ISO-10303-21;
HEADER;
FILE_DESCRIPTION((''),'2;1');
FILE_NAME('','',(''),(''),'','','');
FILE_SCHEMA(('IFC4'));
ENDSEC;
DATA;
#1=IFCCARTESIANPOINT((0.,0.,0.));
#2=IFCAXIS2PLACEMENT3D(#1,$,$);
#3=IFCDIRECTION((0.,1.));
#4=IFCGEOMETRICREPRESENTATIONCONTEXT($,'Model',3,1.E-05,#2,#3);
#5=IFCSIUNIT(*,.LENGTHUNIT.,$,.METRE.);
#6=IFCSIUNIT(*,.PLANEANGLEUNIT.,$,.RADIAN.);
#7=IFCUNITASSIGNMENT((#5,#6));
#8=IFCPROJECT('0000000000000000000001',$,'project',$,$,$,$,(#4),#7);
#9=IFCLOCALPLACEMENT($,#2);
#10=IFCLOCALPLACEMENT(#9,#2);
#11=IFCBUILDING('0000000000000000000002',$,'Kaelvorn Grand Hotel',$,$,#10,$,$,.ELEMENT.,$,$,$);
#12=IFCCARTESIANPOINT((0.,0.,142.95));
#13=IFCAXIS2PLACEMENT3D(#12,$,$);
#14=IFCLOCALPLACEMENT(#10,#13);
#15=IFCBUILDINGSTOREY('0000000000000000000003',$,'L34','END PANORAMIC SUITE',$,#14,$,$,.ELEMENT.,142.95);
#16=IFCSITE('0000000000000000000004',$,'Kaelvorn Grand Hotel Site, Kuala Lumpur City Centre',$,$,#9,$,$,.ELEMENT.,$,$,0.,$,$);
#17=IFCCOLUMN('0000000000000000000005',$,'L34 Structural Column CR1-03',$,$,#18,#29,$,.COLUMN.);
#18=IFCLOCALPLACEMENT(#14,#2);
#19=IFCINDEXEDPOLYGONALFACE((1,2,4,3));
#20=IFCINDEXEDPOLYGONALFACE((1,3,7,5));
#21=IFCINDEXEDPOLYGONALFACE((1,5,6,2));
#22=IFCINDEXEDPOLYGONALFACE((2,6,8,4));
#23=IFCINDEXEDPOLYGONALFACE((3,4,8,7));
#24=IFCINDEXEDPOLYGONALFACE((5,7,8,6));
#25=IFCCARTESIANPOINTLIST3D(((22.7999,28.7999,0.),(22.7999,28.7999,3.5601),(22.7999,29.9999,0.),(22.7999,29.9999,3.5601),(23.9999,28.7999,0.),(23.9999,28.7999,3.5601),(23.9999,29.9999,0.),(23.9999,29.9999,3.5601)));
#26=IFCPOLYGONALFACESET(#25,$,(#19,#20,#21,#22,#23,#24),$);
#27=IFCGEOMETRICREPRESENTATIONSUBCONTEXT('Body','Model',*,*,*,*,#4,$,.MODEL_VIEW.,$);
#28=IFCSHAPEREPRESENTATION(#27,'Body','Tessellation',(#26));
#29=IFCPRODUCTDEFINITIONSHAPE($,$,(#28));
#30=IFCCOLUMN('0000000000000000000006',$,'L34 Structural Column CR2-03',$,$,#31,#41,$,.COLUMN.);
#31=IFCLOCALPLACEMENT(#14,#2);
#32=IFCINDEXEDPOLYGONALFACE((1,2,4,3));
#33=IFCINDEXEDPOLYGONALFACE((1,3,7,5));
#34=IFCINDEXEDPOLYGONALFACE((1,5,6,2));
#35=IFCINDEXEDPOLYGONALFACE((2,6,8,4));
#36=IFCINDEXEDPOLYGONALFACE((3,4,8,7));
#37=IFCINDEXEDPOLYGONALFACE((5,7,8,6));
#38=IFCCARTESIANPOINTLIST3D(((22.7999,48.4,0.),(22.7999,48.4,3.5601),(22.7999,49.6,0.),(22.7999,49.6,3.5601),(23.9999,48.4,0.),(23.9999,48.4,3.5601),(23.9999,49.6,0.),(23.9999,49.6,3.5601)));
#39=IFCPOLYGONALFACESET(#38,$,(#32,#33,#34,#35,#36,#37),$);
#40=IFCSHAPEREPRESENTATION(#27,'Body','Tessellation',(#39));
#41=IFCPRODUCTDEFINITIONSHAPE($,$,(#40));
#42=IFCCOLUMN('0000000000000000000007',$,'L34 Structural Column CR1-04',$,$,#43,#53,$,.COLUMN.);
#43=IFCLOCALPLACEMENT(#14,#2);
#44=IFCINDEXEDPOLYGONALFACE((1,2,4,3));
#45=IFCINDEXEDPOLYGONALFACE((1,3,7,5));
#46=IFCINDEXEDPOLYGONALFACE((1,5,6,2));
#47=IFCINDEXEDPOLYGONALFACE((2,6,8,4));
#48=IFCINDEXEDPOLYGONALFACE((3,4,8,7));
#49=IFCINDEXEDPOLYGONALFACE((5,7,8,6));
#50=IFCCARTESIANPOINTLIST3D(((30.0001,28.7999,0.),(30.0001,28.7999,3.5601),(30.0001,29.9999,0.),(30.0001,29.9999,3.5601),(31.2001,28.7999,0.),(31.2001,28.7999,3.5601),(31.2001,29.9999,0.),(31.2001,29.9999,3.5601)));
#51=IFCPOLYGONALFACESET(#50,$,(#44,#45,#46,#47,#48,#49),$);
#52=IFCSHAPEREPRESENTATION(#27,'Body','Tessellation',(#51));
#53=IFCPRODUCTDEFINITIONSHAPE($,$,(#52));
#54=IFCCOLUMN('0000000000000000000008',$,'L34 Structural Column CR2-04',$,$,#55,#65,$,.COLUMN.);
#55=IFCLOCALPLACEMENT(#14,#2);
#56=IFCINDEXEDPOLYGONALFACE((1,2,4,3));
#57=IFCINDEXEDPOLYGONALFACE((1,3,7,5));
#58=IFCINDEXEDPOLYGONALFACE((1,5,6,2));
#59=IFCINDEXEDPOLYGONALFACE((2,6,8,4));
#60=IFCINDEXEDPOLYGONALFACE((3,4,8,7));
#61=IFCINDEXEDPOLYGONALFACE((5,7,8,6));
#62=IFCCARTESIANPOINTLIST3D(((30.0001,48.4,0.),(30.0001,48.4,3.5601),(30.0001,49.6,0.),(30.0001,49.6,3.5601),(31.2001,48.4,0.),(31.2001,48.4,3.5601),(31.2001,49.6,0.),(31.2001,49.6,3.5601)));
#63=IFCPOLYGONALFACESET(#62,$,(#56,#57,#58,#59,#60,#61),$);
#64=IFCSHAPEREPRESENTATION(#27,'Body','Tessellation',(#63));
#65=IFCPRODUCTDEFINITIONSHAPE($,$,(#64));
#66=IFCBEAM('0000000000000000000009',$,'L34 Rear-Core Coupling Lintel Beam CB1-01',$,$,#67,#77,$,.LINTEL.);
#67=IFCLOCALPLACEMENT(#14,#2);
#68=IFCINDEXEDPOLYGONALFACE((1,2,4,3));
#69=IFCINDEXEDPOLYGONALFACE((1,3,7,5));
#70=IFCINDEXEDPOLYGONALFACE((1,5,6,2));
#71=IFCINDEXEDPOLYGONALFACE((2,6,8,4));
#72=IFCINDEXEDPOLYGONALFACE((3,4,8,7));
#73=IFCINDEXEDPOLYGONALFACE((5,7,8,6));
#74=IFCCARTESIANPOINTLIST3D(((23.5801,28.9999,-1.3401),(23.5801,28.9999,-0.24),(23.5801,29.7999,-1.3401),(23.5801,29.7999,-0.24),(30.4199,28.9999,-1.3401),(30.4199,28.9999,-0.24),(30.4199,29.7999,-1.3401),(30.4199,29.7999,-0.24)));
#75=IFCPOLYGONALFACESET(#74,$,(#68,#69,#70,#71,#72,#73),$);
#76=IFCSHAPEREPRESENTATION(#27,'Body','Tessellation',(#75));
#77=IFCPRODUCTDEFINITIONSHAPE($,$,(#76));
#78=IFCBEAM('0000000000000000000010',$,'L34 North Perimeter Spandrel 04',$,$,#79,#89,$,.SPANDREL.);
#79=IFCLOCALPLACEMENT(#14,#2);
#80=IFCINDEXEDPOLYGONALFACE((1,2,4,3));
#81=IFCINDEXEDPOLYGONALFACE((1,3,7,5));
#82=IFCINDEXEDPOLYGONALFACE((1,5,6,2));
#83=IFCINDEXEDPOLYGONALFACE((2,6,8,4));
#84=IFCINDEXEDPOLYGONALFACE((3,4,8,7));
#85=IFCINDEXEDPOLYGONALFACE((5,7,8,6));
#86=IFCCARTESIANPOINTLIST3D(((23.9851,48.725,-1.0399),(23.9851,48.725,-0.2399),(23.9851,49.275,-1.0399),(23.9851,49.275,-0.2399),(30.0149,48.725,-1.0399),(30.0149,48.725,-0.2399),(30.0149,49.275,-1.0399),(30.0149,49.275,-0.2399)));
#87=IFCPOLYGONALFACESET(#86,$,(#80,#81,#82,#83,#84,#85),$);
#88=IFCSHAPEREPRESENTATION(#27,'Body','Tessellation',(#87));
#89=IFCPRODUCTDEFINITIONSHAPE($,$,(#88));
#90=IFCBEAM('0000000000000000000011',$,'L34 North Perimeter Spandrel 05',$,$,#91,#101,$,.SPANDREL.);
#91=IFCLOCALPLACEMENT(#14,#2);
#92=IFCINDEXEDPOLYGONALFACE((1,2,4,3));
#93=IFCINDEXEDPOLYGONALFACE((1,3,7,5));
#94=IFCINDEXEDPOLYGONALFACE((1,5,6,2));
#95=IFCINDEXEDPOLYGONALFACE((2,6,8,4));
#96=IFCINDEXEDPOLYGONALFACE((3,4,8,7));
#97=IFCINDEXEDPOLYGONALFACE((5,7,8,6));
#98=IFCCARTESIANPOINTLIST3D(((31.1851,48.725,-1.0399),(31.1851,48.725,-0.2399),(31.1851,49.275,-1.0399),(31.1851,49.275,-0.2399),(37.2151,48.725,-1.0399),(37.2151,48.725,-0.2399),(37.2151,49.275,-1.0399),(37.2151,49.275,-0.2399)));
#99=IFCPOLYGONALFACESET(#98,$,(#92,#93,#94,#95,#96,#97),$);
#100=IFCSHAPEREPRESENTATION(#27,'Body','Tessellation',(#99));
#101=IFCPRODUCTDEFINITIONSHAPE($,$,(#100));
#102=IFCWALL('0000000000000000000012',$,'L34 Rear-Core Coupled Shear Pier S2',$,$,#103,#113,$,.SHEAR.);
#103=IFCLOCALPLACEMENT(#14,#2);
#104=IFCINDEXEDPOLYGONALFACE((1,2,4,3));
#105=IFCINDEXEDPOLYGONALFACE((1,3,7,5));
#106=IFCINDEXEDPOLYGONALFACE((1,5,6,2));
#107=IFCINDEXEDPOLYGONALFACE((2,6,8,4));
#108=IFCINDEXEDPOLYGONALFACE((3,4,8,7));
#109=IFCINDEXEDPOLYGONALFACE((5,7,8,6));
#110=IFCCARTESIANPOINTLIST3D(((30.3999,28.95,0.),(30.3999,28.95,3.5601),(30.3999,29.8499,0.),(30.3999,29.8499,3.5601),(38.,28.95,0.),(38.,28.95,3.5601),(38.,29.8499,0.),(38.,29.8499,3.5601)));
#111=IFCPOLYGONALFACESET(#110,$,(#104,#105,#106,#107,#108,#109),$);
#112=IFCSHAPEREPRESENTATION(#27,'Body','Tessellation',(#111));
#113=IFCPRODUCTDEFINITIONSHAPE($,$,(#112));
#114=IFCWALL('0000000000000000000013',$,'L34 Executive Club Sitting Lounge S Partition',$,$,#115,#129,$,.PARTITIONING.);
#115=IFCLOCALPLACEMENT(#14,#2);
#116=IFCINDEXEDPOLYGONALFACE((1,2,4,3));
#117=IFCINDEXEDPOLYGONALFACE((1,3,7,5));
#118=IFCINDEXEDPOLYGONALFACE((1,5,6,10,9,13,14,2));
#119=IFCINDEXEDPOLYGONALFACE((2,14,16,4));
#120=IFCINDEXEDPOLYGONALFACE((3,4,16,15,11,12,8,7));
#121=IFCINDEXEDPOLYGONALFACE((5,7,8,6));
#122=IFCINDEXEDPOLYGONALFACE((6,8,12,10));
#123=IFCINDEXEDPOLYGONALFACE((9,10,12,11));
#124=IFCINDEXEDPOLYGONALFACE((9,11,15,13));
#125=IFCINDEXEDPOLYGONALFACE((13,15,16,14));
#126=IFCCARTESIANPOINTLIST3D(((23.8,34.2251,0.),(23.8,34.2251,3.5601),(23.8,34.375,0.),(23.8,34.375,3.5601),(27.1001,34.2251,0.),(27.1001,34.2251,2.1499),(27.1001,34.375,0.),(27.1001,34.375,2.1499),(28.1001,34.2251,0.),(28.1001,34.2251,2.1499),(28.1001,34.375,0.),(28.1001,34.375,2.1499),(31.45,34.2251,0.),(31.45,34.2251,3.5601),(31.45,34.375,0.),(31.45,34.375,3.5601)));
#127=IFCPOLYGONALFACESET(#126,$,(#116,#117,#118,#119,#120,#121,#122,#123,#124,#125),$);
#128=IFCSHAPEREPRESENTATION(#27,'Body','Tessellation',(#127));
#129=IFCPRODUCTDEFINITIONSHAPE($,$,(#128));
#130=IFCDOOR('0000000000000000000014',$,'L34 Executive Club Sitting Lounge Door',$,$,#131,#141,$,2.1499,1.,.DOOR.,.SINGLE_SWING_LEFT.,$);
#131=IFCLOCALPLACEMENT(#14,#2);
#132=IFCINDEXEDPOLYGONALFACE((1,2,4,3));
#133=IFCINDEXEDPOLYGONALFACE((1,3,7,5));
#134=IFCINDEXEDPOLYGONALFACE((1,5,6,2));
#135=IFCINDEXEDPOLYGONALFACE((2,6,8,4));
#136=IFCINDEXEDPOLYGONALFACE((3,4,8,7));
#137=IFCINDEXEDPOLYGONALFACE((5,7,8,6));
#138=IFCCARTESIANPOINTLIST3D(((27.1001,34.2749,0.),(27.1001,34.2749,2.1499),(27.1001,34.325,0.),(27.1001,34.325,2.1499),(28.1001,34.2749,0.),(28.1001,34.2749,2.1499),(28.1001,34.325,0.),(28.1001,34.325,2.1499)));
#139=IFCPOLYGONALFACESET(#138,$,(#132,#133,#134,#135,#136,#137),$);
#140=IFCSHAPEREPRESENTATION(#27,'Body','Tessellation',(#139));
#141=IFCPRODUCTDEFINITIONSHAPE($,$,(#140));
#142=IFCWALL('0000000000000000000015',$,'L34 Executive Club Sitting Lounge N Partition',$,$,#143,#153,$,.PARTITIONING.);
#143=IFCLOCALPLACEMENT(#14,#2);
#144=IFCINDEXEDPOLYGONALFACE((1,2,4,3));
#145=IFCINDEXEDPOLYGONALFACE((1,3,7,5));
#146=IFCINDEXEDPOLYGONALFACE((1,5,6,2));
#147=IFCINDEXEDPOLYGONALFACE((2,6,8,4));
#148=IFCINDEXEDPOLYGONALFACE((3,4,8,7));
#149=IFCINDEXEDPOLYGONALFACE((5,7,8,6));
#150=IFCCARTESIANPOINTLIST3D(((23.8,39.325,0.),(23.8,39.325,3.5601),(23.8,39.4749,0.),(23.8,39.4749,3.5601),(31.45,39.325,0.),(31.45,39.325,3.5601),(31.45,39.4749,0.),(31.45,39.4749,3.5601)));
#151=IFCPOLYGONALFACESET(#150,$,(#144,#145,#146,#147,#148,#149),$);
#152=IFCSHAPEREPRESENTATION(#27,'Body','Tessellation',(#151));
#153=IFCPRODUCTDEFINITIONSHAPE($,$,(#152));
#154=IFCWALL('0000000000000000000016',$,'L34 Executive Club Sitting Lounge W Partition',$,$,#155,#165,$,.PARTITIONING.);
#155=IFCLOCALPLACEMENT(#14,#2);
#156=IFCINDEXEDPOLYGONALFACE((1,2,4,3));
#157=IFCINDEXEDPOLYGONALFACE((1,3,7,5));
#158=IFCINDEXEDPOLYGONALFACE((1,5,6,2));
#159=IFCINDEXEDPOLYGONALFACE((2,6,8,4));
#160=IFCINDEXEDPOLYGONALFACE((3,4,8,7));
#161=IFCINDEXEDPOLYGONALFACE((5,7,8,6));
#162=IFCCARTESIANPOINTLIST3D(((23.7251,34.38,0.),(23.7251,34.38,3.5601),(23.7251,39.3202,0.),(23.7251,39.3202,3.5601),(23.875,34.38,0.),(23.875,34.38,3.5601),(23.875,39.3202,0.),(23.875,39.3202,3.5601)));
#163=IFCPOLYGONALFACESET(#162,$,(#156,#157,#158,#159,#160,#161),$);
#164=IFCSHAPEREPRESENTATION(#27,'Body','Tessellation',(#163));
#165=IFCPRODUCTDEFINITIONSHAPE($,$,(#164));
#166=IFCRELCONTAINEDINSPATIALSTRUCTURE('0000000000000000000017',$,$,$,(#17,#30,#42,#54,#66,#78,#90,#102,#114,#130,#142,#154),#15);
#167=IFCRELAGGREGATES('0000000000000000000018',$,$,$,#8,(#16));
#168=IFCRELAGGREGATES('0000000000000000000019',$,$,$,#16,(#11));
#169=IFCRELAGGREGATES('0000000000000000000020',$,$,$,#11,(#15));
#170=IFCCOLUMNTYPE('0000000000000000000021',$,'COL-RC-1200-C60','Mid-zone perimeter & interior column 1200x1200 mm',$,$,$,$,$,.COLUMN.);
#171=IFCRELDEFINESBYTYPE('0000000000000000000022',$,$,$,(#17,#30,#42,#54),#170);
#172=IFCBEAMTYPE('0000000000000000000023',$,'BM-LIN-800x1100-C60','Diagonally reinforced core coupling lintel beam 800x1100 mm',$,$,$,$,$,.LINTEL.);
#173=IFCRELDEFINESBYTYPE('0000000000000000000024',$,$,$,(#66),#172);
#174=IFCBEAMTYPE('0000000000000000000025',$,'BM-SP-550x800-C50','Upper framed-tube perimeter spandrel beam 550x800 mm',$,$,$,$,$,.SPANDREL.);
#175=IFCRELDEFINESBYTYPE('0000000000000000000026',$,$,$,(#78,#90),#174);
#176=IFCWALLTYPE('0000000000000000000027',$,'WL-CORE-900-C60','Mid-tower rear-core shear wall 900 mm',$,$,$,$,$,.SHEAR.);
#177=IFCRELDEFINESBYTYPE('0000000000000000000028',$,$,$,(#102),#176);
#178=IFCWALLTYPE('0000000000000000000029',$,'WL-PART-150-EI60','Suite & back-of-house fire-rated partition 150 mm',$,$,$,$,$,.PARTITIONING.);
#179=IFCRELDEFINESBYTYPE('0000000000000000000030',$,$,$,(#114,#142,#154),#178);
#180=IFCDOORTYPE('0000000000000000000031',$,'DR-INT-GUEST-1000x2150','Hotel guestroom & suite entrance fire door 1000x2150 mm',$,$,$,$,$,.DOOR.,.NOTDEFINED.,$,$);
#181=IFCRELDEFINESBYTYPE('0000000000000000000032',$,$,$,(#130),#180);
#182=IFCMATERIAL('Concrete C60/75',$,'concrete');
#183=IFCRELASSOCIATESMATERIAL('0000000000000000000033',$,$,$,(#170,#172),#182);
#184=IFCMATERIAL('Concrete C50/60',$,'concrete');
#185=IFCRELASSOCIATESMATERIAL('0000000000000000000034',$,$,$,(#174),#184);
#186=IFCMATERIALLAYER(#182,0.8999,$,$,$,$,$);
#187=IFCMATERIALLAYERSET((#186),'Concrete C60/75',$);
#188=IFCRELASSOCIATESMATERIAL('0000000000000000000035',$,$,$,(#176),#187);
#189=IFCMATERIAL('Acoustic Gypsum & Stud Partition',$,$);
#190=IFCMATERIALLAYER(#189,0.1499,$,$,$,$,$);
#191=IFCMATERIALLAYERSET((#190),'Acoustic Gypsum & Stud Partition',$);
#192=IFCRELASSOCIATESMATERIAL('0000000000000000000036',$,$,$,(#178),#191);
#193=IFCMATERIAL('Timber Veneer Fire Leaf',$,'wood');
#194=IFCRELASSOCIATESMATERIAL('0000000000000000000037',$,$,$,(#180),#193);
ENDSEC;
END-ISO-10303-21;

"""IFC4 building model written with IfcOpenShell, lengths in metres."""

from ifc_helpers import new_model, si_unit, direction, frame, frame_2d, origin, origin_2d, place, context, subcontext, project, spatial, rectangle, extrude, material, layer, layer_set, material_profile, profile_set, type_object, element, fill, save


model = new_model("IFC4")

# Units and contexts
model_context = context("Model", 3, precision=1e-05, world=origin(), true_north=direction((0.0, 1.0)))
body_context = subcontext(model_context, "Body", "Model", "MODEL_VIEW")
ifc_project = project(units=[si_unit("LENGTHUNIT", "METRE"), si_unit("PLANEANGLEUNIT", "RADIAN")], contexts=[model_context])

# Site, building, storey
site_placement = place(None, origin())
site = spatial("IfcSite", under=ifc_project, at=site_placement, Name="Kaelvorn Grand Hotel Site, Kuala Lumpur City Centre", CompositionType="ELEMENT", RefElevation=0.0)
building_placement = place(site_placement, origin())
building = spatial("IfcBuilding", under=site, at=building_placement, Name="Kaelvorn Grand Hotel", CompositionType="ELEMENT")
storey_placement = place(building_placement, frame((0.0, 0.0, 142.95)))
storey = spatial("IfcBuildingStorey", under=building, at=storey_placement, Name="L34", Description="END PANORAMIC SUITE", CompositionType="ELEMENT", Elevation=142.95)

# Columns
ifc_material_1 = material(Name="Concrete C60/75", Category="concrete")
ifc_material_profile_1 = material_profile(ifc_material_1, rectangle(XDim=1.2, YDim=1.2, at=origin_2d()), Name="RC COL 1200x1200")
ifc_profile_set_1 = profile_set([ifc_material_profile_1], Name="Concrete C60/75")
column_type = type_object("IfcColumnType", Name="COL-RC-1200-C60", Description="Mid-zone perimeter & interior column 1200x1200 mm", PredefinedType="COLUMN", material=ifc_profile_set_1)
for number, where, z_axis, x_axis, name in (
    (1, (23.3999, 29.3999, 0.0), (0.0, 0.0, 1.0), (1.0, 0.0, 0.0), "L34 Structural Column CR1-03"),
    (2, (23.3999, 49.0, 0.0), (0.0, 0.0, 1.0), (1.0, 0.0, 0.0), "L34 Structural Column CR2-03"),
    (3, (30.6001, 29.3999, 0.0), (0.0, 0.0, 1.0), (1.0, 0.0, 0.0), "L34 Structural Column CR1-04"),
    (4, (30.6001, 49.0, 0.0), (0.0, 0.0, 1.0), (1.0, 0.0, 0.0), "L34 Structural Column CR2-04"),
):
    element("IfcColumn", number, at=place(storey_placement, frame(where, z_axis=z_axis, x_axis=x_axis)), inside=storey, type_object=column_type, Name=name, PredefinedType="COLUMN", context=body_context, shape_type="SweptSolid", body=[
        extrude(rectangle(XDim=1.2, YDim=1.2, at=origin_2d()), origin(), (0.0, 0.0, 1.0), 3.5601),
    ])

# Beams
ifc_material_profile_2 = material_profile(ifc_material_1, rectangle(XDim=0.8, YDim=1.1001, at=origin_2d()), Name="RC LINTEL 800x1100")
ifc_profile_set_2 = profile_set([ifc_material_profile_2], Name="Concrete C60/75")
beam_type_1 = type_object("IfcBeamType", Name="BM-LIN-800x1100-C60", Description="Diagonally reinforced core coupling lintel beam 800x1100 mm", PredefinedType="LINTEL", material=ifc_profile_set_2)
beam_1_placement = place(storey_placement, frame((23.5801, 29.3999, -0.79), z_axis=(1.0, 0.0, 0.0), x_axis=(0.0, 1.0, 0.0)))
element("IfcBeam", 5, at=beam_1_placement, inside=storey, type_object=beam_type_1, Name="L34 Rear-Core Coupling Lintel Beam CB1-01", PredefinedType="LINTEL", context=body_context, shape_type="SweptSolid", body=[
    extrude(rectangle(XDim=0.8, YDim=1.1001, at=origin_2d()), origin(), (0.0, 0.0, 1.0), 6.8398),
])
ifc_material_2 = material(Name="Concrete C50/60", Category="concrete")
ifc_material_profile_3 = material_profile(ifc_material_2, rectangle(XDim=0.55, YDim=0.8, at=origin_2d()), Name="RC SPANDREL 550x800")
ifc_profile_set_3 = profile_set([ifc_material_profile_3], Name="Concrete C50/60")
beam_type_2 = type_object("IfcBeamType", Name="BM-SP-550x800-C50", Description="Upper framed-tube perimeter spandrel beam 550x800 mm", PredefinedType="SPANDREL", material=ifc_profile_set_3)
beam_2_placement = place(storey_placement, frame((23.9851, 49.0, -0.6399), z_axis=(1.0, 0.0, 0.0), x_axis=(0.0, 1.0, 0.0)))
element("IfcBeam", 6, at=beam_2_placement, inside=storey, type_object=beam_type_2, Name="L34 North Perimeter Spandrel 04", PredefinedType="SPANDREL", context=body_context, shape_type="SweptSolid", body=[
    extrude(rectangle(XDim=0.55, YDim=0.8, at=origin_2d()), origin(), (0.0, 0.0, 1.0), 6.0298),
])
beam_3_placement = place(storey_placement, frame((31.1851, 49.0, -0.6399), z_axis=(1.0, 0.0, 0.0), x_axis=(0.0, 1.0, 0.0)))
element("IfcBeam", 7, at=beam_3_placement, inside=storey, type_object=beam_type_2, Name="L34 North Perimeter Spandrel 05", PredefinedType="SPANDREL", context=body_context, shape_type="SweptSolid", body=[
    extrude(rectangle(XDim=0.55, YDim=0.8, at=origin_2d()), origin(), (0.0, 0.0, 1.0), 6.03),
])

# Wall
ifc_layer_1 = layer(ifc_material_1, 0.8999)
ifc_layer_set_1 = layer_set([ifc_layer_1], Name="Concrete C60/75")
wall_type_1 = type_object("IfcWallType", Name="WL-CORE-900-C60", Description="Mid-tower rear-core shear wall 900 mm", PredefinedType="SHEAR", material=ifc_layer_set_1)
wall_1_placement = place(storey_placement, frame((30.3999, 29.3999, 0.0), z_axis=(0.0, 0.0, 1.0), x_axis=(1.0, 0.0, 0.0)))
element("IfcWall", 8, at=wall_1_placement, inside=storey, type_object=wall_type_1, Name="L34 Rear-Core Coupled Shear Pier S2", PredefinedType="SHEAR", context=body_context, shape_type="SweptSolid", body=[
    extrude(rectangle(XDim=7.6001, YDim=0.8999, at=frame_2d((3.8, 0.0))), origin(), (0.0, 0.0, 1.0), 3.5601),
])

# Wall, opening, door
ifc_material_3 = material(Name="Acoustic Gypsum & Stud Partition")
ifc_layer_2 = layer(ifc_material_3, 0.1499)
ifc_layer_set_2 = layer_set([ifc_layer_2], Name="Acoustic Gypsum & Stud Partition")
wall_type_2 = type_object("IfcWallType", Name="WL-PART-150-EI60", Description="Suite & back-of-house fire-rated partition 150 mm", PredefinedType="PARTITIONING", material=ifc_layer_set_2)
wall_2_placement = place(storey_placement, frame((23.8, 34.3, 0.0), z_axis=(0.0, 0.0, 1.0), x_axis=(1.0, 0.0, 0.0)))
wall_2 = element("IfcWall", 9, at=wall_2_placement, inside=storey, type_object=wall_type_2, Name="L34 Executive Club Sitting Lounge S Partition", PredefinedType="PARTITIONING", context=body_context, shape_type="SweptSolid", body=[
    extrude(rectangle(XDim=7.6499, YDim=0.1499, at=frame_2d((3.825, 0.0))), origin(), (0.0, 0.0, 1.0), 3.5601),
])
opening_1_placement = place(wall_2_placement, frame((3.3, 0.0, 0.0)))
opening_1 = element("IfcOpeningElement", 10, at=opening_1_placement, cuts=wall_2, PredefinedType="OPENING", context=body_context, shape_type="SweptSolid", body=[
    extrude(rectangle(XDim=1.0, YDim=2.1499, at=frame_2d((0.5, 1.075))), frame((0.0, 0.085, 0.0), z_axis=(0.0, -1.0, 0.0), x_axis=(1.0, 0.0, 0.0)), (0.0, 0.0, 1.0), 0.1699),
])
ifc_material_4 = material(Name="Timber Veneer Fire Leaf", Category="wood")
door_type_1 = type_object("IfcDoorType", Name="DR-INT-GUEST-1000x2150", Description="Hotel guestroom & suite entrance fire door 1000x2150 mm", OperationType="NOTDEFINED", PredefinedType="DOOR", material=ifc_material_4)
door_1_placement = place(opening_1_placement, origin())
door_1 = element("IfcDoor", 11, at=door_1_placement, inside=storey, type_object=door_type_1, Name="L34 Executive Club Sitting Lounge Door", OperationType="SINGLE_SWING_LEFT", OverallHeight=2.1499, OverallWidth=1.0, PredefinedType="DOOR", context=body_context, shape_type="SweptSolid", body=[
    extrude(rectangle(XDim=1.0, YDim=2.1499, at=frame_2d((0.5, 1.075))), frame((0.0, 0.0249, 0.0), z_axis=(0.0, -1.0, 0.0), x_axis=(1.0, 0.0, 0.0)), (0.0, 0.0, 1.0), 0.05),
])
fill(opening_1, door_1)

# Walls
wall_3_placement = place(storey_placement, frame((23.8, 39.3999, 0.0), z_axis=(0.0, 0.0, 1.0), x_axis=(1.0, 0.0, 0.0)))
element("IfcWall", 12, at=wall_3_placement, inside=storey, type_object=wall_type_2, Name="L34 Executive Club Sitting Lounge N Partition", PredefinedType="PARTITIONING", context=body_context, shape_type="SweptSolid", body=[
    extrude(rectangle(XDim=7.6499, YDim=0.1499, at=frame_2d((3.825, 0.0))), origin(), (0.0, 0.0, 1.0), 3.5601),
])
wall_4_placement = place(storey_placement, frame((23.8, 34.3799, 0.0), z_axis=(0.0, 0.0, 1.0), x_axis=(0.0, 1.0, 0.0)))
element("IfcWall", 13, at=wall_4_placement, inside=storey, type_object=wall_type_2, Name="L34 Executive Club Sitting Lounge W Partition", PredefinedType="PARTITIONING", context=body_context, shape_type="SweptSolid", body=[
    extrude(rectangle(XDim=4.9402, YDim=0.1499, at=frame_2d((2.4702, 0.0))), origin(), (0.0, 0.0, 1.0), 3.5601),
])

save(model, "model.ifc")
